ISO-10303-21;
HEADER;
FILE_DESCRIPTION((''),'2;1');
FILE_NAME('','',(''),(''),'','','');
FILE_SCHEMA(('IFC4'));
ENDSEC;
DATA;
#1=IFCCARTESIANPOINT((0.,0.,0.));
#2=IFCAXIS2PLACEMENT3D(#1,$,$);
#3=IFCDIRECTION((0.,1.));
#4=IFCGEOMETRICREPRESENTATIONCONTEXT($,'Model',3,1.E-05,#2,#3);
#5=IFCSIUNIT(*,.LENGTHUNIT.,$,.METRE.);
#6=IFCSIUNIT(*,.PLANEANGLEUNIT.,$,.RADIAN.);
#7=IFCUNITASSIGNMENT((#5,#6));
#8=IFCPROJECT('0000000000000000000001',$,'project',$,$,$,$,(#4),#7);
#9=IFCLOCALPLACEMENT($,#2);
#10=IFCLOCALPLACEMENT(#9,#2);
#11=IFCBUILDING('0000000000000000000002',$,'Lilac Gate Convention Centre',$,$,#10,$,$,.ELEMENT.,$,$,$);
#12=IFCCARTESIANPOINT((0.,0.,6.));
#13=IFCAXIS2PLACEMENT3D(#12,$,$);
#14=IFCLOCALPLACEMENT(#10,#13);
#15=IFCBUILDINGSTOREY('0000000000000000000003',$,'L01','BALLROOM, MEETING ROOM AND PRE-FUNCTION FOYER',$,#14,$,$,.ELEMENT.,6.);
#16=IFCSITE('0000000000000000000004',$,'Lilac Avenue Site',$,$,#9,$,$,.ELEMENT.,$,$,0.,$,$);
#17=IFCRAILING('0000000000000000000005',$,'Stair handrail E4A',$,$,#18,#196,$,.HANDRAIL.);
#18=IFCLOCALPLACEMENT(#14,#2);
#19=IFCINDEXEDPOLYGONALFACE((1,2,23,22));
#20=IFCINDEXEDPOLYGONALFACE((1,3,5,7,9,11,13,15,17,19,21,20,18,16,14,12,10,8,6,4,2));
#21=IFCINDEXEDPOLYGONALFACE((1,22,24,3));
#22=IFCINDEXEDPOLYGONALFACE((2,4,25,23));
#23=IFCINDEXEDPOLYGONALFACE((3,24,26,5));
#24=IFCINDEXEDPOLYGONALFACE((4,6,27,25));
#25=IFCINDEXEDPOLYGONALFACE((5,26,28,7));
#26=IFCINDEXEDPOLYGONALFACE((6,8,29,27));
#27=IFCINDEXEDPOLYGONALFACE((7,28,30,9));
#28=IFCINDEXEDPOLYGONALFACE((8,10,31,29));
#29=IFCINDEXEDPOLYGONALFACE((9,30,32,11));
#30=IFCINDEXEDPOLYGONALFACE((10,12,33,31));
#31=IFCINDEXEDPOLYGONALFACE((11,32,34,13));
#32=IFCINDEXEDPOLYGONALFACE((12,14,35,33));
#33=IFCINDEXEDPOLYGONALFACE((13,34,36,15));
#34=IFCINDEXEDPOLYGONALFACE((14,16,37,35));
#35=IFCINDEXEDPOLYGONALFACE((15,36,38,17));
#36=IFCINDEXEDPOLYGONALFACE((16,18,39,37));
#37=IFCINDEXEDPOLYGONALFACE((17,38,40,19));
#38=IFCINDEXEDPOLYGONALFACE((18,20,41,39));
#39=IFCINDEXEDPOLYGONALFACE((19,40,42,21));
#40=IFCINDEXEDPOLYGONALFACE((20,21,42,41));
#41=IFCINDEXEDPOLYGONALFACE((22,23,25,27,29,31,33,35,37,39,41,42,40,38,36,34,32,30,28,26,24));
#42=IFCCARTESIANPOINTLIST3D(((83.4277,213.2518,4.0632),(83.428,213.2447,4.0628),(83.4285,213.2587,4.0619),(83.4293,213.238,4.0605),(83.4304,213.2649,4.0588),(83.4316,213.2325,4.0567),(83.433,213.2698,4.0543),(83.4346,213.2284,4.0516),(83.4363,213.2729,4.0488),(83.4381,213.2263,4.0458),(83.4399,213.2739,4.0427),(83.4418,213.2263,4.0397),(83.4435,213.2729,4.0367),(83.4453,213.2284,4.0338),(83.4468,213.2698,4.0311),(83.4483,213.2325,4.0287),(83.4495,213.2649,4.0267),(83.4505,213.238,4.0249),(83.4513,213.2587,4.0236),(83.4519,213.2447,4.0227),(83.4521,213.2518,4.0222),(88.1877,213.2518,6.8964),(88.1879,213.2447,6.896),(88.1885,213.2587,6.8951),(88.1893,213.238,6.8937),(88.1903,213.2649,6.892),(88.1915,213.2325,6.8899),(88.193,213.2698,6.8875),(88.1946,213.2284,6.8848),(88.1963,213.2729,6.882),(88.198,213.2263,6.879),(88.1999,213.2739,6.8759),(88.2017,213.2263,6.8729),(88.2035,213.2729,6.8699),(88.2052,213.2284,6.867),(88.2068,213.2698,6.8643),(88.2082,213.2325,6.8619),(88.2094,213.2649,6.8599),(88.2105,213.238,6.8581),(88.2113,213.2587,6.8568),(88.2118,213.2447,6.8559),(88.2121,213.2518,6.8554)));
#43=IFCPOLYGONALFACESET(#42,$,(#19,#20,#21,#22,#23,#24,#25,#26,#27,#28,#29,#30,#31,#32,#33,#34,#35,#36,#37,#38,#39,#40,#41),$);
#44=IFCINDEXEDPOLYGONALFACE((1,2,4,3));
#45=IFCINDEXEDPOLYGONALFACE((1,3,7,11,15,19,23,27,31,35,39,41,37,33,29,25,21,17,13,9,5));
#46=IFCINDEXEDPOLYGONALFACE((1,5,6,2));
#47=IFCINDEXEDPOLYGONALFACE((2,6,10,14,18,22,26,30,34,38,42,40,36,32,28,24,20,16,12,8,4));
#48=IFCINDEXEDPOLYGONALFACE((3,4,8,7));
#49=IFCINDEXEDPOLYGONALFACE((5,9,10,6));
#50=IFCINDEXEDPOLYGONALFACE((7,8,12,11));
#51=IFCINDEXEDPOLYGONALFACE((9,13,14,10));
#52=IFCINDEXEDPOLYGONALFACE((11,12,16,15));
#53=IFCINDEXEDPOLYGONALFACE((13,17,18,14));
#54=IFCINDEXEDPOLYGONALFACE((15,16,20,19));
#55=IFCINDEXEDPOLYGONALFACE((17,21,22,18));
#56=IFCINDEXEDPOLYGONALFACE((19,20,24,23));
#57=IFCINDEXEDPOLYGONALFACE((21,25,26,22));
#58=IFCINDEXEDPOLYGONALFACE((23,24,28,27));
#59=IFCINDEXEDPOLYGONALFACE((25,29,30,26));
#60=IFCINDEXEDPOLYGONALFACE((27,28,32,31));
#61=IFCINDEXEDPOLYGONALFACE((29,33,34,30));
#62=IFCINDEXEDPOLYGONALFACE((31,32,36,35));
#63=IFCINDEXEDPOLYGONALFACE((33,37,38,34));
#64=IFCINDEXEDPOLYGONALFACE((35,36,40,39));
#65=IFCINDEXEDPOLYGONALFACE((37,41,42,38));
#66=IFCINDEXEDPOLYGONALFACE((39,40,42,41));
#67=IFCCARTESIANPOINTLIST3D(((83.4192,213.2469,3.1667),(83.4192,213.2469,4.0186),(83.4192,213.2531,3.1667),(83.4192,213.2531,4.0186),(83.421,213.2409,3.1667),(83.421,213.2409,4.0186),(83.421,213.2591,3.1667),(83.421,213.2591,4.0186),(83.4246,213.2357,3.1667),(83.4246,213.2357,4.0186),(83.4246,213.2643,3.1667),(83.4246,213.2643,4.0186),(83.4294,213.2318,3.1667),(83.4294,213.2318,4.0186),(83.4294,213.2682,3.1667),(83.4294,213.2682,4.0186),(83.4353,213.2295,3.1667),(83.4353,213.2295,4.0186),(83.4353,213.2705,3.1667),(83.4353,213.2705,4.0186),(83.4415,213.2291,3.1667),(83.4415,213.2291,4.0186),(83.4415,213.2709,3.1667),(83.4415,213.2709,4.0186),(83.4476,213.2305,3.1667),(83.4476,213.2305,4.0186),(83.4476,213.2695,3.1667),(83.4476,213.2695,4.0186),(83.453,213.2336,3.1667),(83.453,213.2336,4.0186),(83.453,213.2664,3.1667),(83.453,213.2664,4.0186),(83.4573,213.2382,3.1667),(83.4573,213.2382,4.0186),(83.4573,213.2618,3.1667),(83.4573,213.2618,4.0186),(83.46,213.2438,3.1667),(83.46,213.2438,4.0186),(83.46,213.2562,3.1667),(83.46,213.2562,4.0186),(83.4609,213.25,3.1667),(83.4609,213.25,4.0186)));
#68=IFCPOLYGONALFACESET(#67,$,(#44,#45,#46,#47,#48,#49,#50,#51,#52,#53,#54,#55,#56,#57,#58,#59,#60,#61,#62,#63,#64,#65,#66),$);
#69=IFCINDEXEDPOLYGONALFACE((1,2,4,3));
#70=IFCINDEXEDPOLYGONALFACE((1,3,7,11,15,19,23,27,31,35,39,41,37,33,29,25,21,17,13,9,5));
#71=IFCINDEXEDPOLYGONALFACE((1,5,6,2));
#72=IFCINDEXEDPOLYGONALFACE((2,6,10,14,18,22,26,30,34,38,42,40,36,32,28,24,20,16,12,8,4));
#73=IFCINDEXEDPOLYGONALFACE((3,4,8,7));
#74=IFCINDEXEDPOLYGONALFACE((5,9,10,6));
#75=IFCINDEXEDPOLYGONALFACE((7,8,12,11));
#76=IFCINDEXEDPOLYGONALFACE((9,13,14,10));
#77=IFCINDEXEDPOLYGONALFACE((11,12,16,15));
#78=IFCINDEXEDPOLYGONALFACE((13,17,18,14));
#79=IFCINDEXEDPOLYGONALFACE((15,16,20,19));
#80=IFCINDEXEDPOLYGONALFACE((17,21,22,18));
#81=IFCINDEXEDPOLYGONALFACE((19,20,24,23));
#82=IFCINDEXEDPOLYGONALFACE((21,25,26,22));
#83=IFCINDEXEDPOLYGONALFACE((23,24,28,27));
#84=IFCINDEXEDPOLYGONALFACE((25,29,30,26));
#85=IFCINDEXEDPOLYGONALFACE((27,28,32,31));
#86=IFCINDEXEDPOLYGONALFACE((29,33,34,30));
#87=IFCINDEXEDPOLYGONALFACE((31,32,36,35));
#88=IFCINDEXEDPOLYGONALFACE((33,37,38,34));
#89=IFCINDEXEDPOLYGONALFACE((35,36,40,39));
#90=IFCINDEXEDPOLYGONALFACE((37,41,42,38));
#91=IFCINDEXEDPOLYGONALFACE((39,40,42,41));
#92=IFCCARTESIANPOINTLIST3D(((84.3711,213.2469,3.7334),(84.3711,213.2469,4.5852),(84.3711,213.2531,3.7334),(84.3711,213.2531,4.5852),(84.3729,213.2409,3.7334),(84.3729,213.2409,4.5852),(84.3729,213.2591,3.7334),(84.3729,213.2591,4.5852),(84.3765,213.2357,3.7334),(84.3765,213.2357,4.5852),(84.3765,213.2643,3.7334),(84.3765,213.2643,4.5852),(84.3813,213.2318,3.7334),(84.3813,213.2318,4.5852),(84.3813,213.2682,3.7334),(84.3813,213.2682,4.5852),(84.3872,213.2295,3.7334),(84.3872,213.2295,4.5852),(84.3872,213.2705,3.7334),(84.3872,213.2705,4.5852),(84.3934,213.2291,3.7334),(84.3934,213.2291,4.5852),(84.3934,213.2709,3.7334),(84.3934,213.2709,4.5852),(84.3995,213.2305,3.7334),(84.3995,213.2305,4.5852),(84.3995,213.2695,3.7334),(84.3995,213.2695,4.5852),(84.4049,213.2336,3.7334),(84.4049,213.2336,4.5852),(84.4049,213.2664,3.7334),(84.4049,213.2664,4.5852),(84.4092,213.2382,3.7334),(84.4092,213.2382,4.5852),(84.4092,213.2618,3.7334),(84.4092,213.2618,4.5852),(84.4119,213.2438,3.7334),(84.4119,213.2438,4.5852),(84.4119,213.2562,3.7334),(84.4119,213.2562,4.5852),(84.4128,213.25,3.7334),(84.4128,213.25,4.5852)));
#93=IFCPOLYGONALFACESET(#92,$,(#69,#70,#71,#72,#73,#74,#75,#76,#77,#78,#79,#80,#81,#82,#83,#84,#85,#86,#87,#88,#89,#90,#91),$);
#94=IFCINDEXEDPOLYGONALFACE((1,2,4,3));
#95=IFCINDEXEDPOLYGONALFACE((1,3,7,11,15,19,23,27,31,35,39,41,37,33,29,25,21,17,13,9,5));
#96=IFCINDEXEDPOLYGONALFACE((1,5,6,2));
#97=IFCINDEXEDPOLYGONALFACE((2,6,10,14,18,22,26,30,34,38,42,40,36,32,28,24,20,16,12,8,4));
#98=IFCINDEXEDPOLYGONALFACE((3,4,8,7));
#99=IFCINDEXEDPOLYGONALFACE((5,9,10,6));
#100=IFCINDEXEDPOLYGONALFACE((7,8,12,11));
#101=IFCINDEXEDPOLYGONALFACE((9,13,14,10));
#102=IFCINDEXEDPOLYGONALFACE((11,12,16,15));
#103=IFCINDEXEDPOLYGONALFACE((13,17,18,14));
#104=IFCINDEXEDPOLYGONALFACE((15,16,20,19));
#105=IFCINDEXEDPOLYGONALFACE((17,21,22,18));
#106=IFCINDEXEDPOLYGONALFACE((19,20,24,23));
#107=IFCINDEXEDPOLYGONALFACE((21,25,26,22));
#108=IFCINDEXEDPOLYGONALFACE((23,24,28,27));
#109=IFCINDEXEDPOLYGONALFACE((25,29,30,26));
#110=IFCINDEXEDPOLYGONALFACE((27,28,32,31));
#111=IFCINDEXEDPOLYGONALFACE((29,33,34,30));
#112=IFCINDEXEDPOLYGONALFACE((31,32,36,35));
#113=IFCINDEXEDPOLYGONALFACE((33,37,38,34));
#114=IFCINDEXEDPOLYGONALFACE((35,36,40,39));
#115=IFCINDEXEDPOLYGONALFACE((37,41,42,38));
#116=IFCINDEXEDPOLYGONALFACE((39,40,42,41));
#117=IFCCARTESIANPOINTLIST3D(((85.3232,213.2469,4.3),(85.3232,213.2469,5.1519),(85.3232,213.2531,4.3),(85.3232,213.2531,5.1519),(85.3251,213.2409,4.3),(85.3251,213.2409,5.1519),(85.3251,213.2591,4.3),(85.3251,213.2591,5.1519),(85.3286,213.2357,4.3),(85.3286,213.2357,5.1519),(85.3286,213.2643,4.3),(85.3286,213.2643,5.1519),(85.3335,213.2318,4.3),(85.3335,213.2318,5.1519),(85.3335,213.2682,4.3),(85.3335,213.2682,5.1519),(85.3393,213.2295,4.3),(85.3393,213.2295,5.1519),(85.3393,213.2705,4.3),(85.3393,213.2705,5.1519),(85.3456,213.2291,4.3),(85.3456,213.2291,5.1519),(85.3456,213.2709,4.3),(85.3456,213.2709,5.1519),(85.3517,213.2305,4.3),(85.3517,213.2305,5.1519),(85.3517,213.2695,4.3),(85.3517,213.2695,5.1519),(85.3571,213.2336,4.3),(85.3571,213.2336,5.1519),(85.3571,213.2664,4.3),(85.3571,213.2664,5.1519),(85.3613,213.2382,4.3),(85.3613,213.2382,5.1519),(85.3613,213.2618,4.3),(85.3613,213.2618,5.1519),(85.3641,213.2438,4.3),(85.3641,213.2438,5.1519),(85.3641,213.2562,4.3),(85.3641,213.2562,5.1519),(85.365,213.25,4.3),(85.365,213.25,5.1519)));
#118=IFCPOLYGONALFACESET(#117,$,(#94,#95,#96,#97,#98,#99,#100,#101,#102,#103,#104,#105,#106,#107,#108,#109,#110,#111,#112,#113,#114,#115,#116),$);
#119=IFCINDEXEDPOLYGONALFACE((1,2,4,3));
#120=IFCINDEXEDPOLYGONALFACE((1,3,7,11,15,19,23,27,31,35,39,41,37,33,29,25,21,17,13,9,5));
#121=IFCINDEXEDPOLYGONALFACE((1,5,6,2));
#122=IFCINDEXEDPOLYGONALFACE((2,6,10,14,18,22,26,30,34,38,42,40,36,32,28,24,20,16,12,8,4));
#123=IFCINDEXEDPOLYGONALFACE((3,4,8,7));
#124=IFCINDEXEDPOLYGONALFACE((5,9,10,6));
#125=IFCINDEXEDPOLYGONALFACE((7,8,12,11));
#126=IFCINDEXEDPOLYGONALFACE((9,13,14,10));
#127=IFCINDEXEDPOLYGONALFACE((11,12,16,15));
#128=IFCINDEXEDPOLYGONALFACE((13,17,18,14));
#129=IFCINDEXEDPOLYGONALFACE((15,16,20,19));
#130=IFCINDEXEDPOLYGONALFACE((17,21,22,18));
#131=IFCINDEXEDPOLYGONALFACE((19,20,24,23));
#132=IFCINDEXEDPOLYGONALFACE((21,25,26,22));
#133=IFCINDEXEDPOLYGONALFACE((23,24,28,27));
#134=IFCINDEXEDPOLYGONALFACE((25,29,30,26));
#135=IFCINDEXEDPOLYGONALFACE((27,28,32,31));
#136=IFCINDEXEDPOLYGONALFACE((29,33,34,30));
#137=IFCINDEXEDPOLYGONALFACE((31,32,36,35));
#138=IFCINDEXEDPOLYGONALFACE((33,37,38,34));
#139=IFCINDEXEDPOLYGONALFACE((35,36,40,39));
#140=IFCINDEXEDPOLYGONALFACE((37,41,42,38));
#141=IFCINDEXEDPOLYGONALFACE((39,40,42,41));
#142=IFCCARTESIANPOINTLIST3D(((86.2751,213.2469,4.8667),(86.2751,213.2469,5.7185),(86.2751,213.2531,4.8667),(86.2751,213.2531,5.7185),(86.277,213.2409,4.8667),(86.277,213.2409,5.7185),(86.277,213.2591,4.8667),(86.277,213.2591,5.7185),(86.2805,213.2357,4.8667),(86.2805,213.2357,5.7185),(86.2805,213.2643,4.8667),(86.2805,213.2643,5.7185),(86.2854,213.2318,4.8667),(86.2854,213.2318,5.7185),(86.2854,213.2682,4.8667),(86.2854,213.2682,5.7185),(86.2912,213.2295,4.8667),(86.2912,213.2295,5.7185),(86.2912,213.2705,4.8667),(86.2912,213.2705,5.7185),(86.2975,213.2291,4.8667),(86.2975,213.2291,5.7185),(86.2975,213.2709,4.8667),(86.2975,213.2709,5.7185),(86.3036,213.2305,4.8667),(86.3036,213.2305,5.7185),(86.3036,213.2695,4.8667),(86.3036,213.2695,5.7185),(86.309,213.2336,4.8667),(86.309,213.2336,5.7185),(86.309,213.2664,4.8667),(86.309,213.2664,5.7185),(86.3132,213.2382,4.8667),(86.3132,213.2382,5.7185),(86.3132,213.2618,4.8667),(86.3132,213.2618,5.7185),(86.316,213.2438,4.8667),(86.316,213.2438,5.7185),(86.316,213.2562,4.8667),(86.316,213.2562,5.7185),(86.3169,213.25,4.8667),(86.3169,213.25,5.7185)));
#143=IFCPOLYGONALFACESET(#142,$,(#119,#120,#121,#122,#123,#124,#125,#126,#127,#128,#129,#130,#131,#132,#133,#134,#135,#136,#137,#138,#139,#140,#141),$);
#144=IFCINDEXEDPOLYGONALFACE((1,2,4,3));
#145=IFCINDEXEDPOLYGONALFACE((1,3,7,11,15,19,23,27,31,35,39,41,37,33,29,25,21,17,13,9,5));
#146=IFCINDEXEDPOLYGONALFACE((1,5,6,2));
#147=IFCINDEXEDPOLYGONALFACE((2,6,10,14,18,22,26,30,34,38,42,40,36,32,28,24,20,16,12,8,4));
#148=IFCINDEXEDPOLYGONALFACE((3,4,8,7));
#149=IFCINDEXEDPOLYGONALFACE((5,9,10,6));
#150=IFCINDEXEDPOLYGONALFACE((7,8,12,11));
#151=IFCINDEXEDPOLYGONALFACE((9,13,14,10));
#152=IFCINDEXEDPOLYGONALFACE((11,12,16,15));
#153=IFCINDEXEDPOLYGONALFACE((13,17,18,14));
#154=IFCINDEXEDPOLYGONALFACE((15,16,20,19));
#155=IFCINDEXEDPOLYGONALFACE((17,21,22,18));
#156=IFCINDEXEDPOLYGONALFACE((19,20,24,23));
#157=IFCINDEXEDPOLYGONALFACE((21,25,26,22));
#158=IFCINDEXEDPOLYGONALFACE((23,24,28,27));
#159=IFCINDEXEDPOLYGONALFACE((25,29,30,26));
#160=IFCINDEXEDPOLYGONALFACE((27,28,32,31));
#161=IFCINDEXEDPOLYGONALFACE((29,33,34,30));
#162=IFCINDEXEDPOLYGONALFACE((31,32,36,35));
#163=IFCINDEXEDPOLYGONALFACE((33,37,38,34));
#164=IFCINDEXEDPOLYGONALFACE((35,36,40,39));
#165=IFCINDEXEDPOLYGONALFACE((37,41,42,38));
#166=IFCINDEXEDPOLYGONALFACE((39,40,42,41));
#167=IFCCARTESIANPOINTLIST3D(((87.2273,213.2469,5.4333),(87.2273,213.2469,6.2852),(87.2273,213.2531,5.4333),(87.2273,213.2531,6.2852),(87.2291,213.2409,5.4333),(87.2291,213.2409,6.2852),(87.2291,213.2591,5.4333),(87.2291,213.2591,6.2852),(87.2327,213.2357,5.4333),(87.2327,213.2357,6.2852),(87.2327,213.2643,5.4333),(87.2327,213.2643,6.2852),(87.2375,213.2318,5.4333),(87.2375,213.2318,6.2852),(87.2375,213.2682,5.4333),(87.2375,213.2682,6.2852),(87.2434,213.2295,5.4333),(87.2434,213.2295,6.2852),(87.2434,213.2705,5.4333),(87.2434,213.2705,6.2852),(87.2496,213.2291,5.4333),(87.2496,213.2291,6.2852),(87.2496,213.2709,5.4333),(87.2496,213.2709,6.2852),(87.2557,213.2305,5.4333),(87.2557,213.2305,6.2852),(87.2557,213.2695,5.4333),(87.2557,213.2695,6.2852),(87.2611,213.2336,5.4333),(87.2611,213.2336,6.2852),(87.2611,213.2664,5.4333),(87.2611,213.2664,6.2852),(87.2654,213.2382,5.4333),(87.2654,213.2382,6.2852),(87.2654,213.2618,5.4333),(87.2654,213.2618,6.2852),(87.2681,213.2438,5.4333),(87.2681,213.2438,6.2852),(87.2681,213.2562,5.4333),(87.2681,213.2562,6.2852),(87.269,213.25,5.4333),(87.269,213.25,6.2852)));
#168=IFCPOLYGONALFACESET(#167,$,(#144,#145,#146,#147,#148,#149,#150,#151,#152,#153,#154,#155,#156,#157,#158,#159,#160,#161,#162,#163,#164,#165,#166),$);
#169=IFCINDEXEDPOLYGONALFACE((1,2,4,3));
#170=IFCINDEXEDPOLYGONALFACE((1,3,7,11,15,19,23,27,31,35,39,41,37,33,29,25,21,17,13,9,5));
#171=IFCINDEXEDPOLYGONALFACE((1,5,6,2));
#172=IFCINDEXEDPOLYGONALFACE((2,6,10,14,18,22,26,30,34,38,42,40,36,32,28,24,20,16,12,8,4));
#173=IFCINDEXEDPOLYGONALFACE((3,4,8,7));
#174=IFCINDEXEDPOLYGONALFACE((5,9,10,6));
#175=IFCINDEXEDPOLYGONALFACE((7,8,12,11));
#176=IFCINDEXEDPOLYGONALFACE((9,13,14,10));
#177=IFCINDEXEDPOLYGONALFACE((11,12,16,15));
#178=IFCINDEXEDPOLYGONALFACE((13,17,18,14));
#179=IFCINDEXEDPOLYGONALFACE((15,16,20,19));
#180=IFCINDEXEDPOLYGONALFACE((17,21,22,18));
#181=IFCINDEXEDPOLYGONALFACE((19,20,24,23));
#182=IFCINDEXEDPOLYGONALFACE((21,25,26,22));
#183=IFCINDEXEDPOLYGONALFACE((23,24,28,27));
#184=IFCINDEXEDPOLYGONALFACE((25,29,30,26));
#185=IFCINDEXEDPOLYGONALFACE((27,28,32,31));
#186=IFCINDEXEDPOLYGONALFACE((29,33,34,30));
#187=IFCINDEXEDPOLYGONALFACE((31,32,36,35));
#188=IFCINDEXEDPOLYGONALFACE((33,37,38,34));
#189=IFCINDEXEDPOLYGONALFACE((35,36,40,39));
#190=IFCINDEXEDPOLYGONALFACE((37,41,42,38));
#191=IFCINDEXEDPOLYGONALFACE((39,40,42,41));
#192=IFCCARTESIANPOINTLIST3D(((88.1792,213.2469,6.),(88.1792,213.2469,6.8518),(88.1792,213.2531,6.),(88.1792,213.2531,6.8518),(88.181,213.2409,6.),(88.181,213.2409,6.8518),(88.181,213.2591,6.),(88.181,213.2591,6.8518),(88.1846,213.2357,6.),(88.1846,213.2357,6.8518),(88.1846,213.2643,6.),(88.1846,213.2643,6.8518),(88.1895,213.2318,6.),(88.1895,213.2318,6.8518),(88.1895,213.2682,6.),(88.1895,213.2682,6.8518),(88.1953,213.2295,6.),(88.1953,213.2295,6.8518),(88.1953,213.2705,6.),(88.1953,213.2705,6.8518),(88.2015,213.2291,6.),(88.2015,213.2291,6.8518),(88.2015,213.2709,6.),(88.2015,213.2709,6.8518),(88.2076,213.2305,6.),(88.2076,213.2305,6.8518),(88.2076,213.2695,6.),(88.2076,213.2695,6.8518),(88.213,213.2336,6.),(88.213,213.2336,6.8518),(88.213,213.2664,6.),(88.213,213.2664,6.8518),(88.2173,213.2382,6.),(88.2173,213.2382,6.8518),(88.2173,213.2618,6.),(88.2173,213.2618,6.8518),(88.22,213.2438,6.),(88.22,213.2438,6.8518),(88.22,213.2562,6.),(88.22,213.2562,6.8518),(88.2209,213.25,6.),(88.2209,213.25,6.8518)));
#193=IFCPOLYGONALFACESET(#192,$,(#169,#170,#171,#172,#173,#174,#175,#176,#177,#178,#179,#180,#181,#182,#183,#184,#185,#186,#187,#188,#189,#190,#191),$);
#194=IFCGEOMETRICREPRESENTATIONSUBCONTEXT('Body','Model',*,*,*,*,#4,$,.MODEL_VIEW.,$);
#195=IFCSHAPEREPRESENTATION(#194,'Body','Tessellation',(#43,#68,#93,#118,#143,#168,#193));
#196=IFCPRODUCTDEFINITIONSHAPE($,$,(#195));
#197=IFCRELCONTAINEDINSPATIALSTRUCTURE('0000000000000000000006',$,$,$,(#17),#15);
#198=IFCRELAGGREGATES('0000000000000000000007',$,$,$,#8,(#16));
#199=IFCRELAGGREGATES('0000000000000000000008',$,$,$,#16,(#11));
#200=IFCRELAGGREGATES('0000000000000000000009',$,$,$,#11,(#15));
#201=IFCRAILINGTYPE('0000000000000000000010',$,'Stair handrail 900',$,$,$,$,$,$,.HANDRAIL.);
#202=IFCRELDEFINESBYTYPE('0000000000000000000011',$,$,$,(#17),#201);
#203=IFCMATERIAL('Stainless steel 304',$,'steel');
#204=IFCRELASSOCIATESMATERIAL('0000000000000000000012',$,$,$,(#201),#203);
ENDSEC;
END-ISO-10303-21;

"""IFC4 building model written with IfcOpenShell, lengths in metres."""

from ifc_helpers import new_model, si_unit, direction, frame, origin, origin_2d, place, context, subcontext, project, spatial, circle, extrude, material, type_object, element, save


model = new_model("IFC4")

# Units and contexts
model_context = context("Model", 3, precision=1e-05, world=origin(), true_north=direction((0.0, 1.0)))
body_context = subcontext(model_context, "Body", "Model", "MODEL_VIEW")
ifc_project = project(units=[si_unit("LENGTHUNIT", "METRE"), si_unit("PLANEANGLEUNIT", "RADIAN")], contexts=[model_context])

# Site, building, storey
site_placement = place(None, origin())
site = spatial("IfcSite", under=ifc_project, at=site_placement, Name="Lilac Avenue Site", CompositionType="ELEMENT", RefElevation=0.0)
building_placement = place(site_placement, origin())
building = spatial("IfcBuilding", under=site, at=building_placement, Name="Lilac Gate Convention Centre", CompositionType="ELEMENT")
storey_placement = place(building_placement, frame((0.0, 0.0, 6.0)))
storey = spatial("IfcBuildingStorey", under=building, at=storey_placement, Name="L01", Description="BALLROOM, MEETING ROOM AND PRE-FUNCTION FOYER", CompositionType="ELEMENT", Elevation=6.0)

# Shared definitions
ifc_material_1 = material(Name="Stainless steel 304", Category="steel")

# Railing
railing_type = type_object("IfcRailingType", Name="Stair handrail 900", PredefinedType="HANDRAIL", material=ifc_material_1)
for number, where, name in (
    (1, (83.4399, 213.25, 3.1667), "Stair handrail E4A"),
):
    element("IfcRailing", number, at=place(storey_placement, frame(where)), inside=storey, type_object=railing_type, Name=name, PredefinedType="HANDRAIL", context=body_context, shape_type="SweptSolid", body=[
        extrude(circle(Radius=0.0239, at=origin_2d()), frame((0.0, 0.0, 0.876), z_axis=(0.8593, 0.0, 0.511472), x_axis=(0.0, 1.0, 0.0)), (0.0, 0.0, 1.0), 5.5393),
        extrude(circle(Radius=0.021, at=origin_2d()), origin(), (0.0, 0.0, 1.0), 0.8518),
        extrude(circle(Radius=0.021, at=origin_2d()), frame((0.9519, 0.0, 0.5667)), (0.0, 0.0, 1.0), 0.8518),
        extrude(circle(Radius=0.021, at=origin_2d()), frame((1.9041, 0.0, 1.1333)), (0.0, 0.0, 1.0), 0.8518),
        extrude(circle(Radius=0.021, at=origin_2d()), frame((2.856, 0.0, 1.7)), (0.0, 0.0, 1.0), 0.8518),
        extrude(circle(Radius=0.021, at=origin_2d()), frame((3.8081, 0.0, 2.2666)), (0.0, 0.0, 1.0), 0.8518),
        extrude(circle(Radius=0.021, at=origin_2d()), frame((4.76, 0.0, 2.8333)), (0.0, 0.0, 1.0), 0.8518),
    ])

save(model, "model.ifc")
